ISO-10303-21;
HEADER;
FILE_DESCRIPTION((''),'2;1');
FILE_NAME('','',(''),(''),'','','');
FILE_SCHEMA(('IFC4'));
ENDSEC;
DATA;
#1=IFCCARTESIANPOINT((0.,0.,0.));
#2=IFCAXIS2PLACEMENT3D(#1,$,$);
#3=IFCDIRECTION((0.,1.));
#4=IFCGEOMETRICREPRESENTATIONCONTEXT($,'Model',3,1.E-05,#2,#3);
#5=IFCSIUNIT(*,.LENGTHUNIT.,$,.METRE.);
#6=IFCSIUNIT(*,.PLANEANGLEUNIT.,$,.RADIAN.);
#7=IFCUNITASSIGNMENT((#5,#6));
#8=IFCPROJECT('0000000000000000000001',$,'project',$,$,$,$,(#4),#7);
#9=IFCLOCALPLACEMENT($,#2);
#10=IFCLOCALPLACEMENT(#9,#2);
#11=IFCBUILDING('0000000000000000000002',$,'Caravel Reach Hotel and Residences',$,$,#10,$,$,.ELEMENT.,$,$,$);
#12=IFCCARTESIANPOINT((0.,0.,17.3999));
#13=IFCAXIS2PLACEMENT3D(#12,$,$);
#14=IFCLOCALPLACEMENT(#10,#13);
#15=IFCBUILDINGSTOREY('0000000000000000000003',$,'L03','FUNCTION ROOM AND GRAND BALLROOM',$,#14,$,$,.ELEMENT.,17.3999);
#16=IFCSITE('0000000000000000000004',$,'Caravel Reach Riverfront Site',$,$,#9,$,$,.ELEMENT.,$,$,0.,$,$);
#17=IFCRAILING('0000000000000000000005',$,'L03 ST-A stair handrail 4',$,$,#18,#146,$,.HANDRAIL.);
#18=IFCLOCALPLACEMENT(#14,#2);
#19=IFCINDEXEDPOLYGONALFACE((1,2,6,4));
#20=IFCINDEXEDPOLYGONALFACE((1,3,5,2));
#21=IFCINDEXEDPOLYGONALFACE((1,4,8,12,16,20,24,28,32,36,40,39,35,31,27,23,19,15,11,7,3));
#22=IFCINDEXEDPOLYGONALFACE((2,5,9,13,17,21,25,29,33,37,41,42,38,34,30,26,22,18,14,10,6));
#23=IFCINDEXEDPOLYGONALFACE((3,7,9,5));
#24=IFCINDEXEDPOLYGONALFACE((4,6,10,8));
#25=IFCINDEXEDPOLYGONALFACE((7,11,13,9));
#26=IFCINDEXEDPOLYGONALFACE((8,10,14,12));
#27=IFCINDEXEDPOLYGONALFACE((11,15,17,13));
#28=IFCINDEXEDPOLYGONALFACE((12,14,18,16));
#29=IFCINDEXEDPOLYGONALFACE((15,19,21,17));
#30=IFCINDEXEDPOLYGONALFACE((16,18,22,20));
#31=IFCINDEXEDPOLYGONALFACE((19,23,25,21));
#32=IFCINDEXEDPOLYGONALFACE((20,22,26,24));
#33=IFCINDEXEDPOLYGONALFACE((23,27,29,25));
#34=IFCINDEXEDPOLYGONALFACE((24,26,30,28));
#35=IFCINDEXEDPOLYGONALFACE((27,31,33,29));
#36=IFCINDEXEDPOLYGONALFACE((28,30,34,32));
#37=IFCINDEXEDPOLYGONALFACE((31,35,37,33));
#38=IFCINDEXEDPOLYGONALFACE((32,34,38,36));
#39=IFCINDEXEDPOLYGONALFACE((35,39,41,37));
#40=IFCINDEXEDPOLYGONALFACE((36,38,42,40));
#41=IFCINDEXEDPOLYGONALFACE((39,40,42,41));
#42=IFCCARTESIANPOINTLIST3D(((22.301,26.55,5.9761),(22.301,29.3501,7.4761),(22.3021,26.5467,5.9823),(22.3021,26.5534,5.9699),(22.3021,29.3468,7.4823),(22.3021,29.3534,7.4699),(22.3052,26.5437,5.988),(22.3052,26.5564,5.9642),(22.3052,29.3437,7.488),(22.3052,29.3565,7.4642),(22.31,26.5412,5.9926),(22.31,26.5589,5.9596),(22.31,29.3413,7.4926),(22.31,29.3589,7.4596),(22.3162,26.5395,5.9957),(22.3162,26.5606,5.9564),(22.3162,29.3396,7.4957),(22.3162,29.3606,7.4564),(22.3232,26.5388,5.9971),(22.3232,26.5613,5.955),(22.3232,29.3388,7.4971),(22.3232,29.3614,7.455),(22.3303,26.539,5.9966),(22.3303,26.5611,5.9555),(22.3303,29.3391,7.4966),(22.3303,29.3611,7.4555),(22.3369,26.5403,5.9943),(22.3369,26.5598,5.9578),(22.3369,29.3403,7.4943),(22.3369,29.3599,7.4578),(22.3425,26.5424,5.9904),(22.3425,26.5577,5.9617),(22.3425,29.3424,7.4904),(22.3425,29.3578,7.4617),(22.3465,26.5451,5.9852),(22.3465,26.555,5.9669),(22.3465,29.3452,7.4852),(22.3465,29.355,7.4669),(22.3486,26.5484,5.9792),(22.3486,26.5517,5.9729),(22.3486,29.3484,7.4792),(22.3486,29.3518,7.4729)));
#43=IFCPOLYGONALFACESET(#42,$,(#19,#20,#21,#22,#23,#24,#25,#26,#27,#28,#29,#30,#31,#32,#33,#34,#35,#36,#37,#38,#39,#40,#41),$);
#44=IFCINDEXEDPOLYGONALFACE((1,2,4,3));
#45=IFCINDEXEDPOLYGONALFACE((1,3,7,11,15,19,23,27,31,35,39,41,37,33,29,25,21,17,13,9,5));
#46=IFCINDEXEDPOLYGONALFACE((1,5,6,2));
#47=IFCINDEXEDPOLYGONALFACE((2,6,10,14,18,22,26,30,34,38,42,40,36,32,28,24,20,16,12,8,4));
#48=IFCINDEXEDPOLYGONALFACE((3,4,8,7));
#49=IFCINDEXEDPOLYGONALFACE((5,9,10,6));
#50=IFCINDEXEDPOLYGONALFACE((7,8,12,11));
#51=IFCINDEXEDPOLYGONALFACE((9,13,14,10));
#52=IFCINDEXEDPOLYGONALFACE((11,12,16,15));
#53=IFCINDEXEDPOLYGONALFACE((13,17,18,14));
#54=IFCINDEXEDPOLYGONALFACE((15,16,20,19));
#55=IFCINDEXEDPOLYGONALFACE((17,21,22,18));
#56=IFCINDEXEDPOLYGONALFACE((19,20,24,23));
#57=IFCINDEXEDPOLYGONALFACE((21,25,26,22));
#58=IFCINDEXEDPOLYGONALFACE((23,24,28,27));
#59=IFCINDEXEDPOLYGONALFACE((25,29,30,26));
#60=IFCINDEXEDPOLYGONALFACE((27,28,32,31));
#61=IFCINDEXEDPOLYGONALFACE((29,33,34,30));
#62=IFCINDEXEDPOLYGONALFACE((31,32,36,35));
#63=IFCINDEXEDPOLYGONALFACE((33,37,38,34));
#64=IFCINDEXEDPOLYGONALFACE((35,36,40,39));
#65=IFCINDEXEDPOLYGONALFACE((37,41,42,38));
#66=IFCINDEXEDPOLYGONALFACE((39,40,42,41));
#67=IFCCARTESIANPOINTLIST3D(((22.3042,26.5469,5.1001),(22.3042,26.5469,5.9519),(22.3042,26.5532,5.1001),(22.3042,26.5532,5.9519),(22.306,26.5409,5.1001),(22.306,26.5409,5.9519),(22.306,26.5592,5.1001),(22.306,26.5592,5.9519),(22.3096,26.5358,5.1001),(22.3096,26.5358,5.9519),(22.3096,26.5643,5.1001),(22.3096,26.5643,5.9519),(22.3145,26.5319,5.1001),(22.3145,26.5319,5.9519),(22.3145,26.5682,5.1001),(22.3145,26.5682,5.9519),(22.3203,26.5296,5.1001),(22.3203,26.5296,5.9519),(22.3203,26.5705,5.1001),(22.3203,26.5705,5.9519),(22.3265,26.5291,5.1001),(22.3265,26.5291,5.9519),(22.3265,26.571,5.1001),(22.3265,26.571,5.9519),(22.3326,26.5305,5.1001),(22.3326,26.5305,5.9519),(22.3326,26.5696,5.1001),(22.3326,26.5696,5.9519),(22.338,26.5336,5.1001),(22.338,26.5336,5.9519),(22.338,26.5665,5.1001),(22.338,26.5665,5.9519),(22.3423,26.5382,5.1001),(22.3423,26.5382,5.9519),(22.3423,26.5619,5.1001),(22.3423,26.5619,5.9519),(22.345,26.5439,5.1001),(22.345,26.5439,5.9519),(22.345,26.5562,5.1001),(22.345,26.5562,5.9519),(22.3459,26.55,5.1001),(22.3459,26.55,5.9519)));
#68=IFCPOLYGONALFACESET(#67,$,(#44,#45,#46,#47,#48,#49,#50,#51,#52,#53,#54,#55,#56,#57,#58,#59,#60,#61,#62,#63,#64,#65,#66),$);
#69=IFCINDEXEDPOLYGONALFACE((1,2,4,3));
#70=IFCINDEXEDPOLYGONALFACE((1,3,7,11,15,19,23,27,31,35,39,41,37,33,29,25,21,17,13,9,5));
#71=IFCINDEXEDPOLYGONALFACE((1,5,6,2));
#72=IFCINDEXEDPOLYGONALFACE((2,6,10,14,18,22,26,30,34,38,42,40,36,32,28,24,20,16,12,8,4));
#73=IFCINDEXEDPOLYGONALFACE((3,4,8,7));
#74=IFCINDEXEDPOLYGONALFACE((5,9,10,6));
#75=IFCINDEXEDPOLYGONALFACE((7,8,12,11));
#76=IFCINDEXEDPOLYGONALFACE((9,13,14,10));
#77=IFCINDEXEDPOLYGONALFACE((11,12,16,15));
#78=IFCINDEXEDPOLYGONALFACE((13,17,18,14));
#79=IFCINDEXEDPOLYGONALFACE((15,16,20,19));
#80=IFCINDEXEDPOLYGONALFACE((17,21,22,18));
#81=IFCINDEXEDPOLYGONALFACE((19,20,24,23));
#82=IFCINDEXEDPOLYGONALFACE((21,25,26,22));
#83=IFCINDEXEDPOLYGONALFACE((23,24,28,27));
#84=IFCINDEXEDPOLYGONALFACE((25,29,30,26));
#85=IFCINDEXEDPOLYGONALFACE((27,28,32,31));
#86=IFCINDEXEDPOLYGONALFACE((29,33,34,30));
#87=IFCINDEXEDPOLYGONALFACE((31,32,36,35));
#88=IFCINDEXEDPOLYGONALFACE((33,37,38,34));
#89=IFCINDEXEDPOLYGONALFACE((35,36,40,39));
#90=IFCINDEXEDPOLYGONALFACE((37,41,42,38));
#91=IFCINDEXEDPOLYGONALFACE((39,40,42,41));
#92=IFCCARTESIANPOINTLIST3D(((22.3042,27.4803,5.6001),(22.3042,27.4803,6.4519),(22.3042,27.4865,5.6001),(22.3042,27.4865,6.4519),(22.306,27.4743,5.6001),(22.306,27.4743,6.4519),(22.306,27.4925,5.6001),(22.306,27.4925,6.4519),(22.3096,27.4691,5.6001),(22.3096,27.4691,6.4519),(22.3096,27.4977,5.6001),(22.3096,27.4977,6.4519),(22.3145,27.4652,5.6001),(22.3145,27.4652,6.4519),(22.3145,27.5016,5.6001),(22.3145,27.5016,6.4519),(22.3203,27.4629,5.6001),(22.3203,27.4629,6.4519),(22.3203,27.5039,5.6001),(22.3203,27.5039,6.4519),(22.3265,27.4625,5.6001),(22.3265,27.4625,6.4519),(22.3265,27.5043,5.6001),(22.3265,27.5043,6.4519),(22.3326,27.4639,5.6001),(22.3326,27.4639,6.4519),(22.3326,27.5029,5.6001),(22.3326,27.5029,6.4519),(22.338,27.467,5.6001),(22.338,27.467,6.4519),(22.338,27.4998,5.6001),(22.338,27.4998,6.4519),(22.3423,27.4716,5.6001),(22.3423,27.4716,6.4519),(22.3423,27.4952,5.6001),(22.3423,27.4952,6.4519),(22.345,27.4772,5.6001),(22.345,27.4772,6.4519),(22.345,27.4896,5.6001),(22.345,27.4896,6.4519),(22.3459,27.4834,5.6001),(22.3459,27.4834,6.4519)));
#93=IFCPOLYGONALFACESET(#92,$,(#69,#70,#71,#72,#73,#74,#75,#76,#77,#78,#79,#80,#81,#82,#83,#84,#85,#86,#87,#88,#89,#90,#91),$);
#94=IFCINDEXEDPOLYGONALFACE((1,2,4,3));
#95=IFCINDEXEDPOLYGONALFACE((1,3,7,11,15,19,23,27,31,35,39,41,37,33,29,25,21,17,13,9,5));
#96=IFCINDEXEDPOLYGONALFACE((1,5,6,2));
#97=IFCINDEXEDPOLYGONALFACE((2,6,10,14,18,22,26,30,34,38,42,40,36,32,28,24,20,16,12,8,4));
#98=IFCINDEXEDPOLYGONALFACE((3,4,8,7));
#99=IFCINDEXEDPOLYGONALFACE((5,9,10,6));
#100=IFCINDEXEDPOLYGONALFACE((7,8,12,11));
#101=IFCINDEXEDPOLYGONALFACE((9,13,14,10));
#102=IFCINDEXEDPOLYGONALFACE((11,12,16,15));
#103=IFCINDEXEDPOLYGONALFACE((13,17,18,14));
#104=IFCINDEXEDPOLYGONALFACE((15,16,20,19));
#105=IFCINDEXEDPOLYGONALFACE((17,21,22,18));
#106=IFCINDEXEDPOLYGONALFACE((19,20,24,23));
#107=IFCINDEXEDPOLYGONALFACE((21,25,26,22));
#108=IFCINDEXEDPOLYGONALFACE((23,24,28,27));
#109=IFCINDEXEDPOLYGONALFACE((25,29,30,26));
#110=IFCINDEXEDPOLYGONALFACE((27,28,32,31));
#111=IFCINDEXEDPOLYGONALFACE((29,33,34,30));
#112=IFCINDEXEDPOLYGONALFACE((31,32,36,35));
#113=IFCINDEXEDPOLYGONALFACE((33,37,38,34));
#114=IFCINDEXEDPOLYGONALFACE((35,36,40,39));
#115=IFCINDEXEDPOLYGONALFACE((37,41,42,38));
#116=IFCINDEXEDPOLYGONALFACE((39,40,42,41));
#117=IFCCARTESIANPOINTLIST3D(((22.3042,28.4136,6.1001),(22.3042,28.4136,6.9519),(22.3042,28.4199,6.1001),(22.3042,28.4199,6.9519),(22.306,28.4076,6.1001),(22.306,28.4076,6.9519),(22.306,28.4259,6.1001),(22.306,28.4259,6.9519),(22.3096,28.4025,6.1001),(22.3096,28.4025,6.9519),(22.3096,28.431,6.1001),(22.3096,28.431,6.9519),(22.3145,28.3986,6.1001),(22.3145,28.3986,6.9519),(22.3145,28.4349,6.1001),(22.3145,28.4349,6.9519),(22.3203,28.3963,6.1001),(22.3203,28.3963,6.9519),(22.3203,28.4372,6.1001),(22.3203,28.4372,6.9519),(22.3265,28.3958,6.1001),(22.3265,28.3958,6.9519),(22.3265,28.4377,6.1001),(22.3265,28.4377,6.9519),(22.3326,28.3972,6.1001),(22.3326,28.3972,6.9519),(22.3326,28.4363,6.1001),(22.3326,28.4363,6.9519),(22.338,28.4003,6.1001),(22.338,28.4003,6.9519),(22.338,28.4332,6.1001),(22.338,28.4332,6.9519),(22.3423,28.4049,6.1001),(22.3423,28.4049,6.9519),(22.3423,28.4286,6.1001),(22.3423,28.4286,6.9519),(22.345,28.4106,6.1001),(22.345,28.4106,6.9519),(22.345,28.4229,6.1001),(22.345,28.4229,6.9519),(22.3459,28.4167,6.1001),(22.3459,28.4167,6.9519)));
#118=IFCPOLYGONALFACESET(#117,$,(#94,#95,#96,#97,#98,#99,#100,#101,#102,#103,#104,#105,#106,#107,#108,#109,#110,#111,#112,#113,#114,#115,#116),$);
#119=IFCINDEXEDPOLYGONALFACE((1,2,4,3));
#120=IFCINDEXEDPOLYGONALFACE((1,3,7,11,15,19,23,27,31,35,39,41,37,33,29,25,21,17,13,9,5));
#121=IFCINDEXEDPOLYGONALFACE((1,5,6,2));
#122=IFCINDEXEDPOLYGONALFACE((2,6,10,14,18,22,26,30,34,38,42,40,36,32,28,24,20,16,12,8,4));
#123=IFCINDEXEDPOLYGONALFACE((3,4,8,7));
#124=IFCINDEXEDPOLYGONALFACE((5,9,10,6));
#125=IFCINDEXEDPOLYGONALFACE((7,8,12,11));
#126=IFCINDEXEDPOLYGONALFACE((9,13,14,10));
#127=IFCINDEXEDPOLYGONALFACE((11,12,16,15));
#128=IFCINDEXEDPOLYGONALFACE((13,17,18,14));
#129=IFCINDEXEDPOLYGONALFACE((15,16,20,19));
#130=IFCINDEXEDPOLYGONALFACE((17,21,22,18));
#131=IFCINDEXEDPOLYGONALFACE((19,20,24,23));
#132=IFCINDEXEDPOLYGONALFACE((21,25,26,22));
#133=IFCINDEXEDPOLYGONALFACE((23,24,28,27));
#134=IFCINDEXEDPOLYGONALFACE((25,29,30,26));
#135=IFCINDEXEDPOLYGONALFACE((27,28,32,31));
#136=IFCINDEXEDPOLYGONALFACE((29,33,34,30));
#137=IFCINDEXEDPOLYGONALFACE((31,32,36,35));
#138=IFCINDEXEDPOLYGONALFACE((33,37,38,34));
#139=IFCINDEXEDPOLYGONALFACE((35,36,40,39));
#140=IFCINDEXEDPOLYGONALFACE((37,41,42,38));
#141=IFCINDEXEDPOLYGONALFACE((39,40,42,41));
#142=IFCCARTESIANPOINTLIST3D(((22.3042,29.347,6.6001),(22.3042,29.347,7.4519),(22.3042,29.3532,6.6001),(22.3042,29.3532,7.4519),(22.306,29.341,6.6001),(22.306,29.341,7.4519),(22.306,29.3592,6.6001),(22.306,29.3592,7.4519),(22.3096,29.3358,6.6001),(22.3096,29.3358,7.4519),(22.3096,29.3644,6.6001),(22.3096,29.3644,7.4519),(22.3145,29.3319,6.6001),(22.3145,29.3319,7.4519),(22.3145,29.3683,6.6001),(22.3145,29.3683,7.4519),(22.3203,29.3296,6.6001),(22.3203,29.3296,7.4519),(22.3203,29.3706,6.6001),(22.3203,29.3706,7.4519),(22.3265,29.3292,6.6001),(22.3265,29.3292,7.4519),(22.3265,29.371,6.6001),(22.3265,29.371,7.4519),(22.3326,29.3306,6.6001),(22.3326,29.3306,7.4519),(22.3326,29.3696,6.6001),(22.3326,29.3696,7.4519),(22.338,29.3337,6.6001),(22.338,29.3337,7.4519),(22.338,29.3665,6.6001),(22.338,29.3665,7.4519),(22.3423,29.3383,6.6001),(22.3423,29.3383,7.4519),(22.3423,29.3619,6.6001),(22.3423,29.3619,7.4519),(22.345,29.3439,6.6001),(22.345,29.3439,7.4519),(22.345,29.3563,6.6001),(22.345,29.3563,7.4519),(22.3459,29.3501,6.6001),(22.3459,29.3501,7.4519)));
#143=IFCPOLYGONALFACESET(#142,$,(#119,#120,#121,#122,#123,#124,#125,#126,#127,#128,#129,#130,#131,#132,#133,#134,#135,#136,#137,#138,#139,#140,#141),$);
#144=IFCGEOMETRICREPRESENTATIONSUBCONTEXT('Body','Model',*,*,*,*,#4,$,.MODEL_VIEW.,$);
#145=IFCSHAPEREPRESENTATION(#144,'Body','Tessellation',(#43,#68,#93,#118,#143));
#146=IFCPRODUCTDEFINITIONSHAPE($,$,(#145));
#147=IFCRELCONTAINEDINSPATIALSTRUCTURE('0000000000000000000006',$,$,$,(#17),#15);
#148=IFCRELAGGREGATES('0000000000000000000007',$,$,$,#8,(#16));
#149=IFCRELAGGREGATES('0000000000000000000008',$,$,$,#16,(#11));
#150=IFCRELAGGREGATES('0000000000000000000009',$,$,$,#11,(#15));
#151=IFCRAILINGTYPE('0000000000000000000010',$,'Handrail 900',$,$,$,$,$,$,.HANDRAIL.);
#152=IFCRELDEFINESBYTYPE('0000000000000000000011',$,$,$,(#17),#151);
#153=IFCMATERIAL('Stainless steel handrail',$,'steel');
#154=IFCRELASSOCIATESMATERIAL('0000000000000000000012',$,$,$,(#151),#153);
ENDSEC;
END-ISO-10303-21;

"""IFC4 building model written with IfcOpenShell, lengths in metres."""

from ifc_helpers import new_model, si_unit, direction, frame, origin, origin_2d, place, context, subcontext, project, spatial, circle, extrude, material, type_object, element, save


model = new_model("IFC4")

# Units and contexts
model_context = context("Model", 3, precision=1e-05, world=origin(), true_north=direction((0.0, 1.0)))
body_context = subcontext(model_context, "Body", "Model", "MODEL_VIEW")
ifc_project = project(units=[si_unit("LENGTHUNIT", "METRE"), si_unit("PLANEANGLEUNIT", "RADIAN")], contexts=[model_context])

# Site, building, storey
site_placement = place(None, origin())
site = spatial("IfcSite", under=ifc_project, at=site_placement, Name="Caravel Reach Riverfront Site", CompositionType="ELEMENT", RefElevation=0.0)
building_placement = place(site_placement, origin())
building = spatial("IfcBuilding", under=site, at=building_placement, Name="Caravel Reach Hotel and Residences", CompositionType="ELEMENT")
storey_placement = place(building_placement, frame((0.0, 0.0, 17.3999)))
storey = spatial("IfcBuildingStorey", under=building, at=storey_placement, Name="L03", Description="FUNCTION ROOM AND GRAND BALLROOM", CompositionType="ELEMENT", Elevation=17.3999)

# Railing
ifc_material_1 = material(Name="Stainless steel handrail", Category="steel")
railing_type_1 = type_object("IfcRailingType", Name="Handrail 900", PredefinedType="HANDRAIL", material=ifc_material_1)
railing_1_placement = place(storey_placement, frame((22.325, 26.55, 5.1001)))
element("IfcRailing", 1, at=railing_1_placement, inside=storey, type_object=railing_type_1, Name="L03 ST-A stair handrail 4", PredefinedType="HANDRAIL", context=body_context, shape_type="SweptSolid", body=[
    extrude(circle(Radius=0.0239, at=origin_2d()), frame((0.0, 0.0, 0.876), z_axis=(0.0, 0.881483, 0.472215), x_axis=(-1.0, 0.0, 0.0)), (0.0, 0.0, 1.0), 3.1765),
    extrude(circle(Radius=0.021, at=origin_2d()), origin(), (0.0, 0.0, 1.0), 0.8518),
    extrude(circle(Radius=0.021, at=origin_2d()), frame((0.0, 0.9333, 0.5)), (0.0, 0.0, 1.0), 0.8518),
    extrude(circle(Radius=0.021, at=origin_2d()), frame((0.0, 1.8667, 1.0)), (0.0, 0.0, 1.0), 0.8518),
    extrude(circle(Radius=0.021, at=origin_2d()), frame((0.0, 2.8, 1.5)), (0.0, 0.0, 1.0), 0.8518),
])

save(model, "model.ifc")
